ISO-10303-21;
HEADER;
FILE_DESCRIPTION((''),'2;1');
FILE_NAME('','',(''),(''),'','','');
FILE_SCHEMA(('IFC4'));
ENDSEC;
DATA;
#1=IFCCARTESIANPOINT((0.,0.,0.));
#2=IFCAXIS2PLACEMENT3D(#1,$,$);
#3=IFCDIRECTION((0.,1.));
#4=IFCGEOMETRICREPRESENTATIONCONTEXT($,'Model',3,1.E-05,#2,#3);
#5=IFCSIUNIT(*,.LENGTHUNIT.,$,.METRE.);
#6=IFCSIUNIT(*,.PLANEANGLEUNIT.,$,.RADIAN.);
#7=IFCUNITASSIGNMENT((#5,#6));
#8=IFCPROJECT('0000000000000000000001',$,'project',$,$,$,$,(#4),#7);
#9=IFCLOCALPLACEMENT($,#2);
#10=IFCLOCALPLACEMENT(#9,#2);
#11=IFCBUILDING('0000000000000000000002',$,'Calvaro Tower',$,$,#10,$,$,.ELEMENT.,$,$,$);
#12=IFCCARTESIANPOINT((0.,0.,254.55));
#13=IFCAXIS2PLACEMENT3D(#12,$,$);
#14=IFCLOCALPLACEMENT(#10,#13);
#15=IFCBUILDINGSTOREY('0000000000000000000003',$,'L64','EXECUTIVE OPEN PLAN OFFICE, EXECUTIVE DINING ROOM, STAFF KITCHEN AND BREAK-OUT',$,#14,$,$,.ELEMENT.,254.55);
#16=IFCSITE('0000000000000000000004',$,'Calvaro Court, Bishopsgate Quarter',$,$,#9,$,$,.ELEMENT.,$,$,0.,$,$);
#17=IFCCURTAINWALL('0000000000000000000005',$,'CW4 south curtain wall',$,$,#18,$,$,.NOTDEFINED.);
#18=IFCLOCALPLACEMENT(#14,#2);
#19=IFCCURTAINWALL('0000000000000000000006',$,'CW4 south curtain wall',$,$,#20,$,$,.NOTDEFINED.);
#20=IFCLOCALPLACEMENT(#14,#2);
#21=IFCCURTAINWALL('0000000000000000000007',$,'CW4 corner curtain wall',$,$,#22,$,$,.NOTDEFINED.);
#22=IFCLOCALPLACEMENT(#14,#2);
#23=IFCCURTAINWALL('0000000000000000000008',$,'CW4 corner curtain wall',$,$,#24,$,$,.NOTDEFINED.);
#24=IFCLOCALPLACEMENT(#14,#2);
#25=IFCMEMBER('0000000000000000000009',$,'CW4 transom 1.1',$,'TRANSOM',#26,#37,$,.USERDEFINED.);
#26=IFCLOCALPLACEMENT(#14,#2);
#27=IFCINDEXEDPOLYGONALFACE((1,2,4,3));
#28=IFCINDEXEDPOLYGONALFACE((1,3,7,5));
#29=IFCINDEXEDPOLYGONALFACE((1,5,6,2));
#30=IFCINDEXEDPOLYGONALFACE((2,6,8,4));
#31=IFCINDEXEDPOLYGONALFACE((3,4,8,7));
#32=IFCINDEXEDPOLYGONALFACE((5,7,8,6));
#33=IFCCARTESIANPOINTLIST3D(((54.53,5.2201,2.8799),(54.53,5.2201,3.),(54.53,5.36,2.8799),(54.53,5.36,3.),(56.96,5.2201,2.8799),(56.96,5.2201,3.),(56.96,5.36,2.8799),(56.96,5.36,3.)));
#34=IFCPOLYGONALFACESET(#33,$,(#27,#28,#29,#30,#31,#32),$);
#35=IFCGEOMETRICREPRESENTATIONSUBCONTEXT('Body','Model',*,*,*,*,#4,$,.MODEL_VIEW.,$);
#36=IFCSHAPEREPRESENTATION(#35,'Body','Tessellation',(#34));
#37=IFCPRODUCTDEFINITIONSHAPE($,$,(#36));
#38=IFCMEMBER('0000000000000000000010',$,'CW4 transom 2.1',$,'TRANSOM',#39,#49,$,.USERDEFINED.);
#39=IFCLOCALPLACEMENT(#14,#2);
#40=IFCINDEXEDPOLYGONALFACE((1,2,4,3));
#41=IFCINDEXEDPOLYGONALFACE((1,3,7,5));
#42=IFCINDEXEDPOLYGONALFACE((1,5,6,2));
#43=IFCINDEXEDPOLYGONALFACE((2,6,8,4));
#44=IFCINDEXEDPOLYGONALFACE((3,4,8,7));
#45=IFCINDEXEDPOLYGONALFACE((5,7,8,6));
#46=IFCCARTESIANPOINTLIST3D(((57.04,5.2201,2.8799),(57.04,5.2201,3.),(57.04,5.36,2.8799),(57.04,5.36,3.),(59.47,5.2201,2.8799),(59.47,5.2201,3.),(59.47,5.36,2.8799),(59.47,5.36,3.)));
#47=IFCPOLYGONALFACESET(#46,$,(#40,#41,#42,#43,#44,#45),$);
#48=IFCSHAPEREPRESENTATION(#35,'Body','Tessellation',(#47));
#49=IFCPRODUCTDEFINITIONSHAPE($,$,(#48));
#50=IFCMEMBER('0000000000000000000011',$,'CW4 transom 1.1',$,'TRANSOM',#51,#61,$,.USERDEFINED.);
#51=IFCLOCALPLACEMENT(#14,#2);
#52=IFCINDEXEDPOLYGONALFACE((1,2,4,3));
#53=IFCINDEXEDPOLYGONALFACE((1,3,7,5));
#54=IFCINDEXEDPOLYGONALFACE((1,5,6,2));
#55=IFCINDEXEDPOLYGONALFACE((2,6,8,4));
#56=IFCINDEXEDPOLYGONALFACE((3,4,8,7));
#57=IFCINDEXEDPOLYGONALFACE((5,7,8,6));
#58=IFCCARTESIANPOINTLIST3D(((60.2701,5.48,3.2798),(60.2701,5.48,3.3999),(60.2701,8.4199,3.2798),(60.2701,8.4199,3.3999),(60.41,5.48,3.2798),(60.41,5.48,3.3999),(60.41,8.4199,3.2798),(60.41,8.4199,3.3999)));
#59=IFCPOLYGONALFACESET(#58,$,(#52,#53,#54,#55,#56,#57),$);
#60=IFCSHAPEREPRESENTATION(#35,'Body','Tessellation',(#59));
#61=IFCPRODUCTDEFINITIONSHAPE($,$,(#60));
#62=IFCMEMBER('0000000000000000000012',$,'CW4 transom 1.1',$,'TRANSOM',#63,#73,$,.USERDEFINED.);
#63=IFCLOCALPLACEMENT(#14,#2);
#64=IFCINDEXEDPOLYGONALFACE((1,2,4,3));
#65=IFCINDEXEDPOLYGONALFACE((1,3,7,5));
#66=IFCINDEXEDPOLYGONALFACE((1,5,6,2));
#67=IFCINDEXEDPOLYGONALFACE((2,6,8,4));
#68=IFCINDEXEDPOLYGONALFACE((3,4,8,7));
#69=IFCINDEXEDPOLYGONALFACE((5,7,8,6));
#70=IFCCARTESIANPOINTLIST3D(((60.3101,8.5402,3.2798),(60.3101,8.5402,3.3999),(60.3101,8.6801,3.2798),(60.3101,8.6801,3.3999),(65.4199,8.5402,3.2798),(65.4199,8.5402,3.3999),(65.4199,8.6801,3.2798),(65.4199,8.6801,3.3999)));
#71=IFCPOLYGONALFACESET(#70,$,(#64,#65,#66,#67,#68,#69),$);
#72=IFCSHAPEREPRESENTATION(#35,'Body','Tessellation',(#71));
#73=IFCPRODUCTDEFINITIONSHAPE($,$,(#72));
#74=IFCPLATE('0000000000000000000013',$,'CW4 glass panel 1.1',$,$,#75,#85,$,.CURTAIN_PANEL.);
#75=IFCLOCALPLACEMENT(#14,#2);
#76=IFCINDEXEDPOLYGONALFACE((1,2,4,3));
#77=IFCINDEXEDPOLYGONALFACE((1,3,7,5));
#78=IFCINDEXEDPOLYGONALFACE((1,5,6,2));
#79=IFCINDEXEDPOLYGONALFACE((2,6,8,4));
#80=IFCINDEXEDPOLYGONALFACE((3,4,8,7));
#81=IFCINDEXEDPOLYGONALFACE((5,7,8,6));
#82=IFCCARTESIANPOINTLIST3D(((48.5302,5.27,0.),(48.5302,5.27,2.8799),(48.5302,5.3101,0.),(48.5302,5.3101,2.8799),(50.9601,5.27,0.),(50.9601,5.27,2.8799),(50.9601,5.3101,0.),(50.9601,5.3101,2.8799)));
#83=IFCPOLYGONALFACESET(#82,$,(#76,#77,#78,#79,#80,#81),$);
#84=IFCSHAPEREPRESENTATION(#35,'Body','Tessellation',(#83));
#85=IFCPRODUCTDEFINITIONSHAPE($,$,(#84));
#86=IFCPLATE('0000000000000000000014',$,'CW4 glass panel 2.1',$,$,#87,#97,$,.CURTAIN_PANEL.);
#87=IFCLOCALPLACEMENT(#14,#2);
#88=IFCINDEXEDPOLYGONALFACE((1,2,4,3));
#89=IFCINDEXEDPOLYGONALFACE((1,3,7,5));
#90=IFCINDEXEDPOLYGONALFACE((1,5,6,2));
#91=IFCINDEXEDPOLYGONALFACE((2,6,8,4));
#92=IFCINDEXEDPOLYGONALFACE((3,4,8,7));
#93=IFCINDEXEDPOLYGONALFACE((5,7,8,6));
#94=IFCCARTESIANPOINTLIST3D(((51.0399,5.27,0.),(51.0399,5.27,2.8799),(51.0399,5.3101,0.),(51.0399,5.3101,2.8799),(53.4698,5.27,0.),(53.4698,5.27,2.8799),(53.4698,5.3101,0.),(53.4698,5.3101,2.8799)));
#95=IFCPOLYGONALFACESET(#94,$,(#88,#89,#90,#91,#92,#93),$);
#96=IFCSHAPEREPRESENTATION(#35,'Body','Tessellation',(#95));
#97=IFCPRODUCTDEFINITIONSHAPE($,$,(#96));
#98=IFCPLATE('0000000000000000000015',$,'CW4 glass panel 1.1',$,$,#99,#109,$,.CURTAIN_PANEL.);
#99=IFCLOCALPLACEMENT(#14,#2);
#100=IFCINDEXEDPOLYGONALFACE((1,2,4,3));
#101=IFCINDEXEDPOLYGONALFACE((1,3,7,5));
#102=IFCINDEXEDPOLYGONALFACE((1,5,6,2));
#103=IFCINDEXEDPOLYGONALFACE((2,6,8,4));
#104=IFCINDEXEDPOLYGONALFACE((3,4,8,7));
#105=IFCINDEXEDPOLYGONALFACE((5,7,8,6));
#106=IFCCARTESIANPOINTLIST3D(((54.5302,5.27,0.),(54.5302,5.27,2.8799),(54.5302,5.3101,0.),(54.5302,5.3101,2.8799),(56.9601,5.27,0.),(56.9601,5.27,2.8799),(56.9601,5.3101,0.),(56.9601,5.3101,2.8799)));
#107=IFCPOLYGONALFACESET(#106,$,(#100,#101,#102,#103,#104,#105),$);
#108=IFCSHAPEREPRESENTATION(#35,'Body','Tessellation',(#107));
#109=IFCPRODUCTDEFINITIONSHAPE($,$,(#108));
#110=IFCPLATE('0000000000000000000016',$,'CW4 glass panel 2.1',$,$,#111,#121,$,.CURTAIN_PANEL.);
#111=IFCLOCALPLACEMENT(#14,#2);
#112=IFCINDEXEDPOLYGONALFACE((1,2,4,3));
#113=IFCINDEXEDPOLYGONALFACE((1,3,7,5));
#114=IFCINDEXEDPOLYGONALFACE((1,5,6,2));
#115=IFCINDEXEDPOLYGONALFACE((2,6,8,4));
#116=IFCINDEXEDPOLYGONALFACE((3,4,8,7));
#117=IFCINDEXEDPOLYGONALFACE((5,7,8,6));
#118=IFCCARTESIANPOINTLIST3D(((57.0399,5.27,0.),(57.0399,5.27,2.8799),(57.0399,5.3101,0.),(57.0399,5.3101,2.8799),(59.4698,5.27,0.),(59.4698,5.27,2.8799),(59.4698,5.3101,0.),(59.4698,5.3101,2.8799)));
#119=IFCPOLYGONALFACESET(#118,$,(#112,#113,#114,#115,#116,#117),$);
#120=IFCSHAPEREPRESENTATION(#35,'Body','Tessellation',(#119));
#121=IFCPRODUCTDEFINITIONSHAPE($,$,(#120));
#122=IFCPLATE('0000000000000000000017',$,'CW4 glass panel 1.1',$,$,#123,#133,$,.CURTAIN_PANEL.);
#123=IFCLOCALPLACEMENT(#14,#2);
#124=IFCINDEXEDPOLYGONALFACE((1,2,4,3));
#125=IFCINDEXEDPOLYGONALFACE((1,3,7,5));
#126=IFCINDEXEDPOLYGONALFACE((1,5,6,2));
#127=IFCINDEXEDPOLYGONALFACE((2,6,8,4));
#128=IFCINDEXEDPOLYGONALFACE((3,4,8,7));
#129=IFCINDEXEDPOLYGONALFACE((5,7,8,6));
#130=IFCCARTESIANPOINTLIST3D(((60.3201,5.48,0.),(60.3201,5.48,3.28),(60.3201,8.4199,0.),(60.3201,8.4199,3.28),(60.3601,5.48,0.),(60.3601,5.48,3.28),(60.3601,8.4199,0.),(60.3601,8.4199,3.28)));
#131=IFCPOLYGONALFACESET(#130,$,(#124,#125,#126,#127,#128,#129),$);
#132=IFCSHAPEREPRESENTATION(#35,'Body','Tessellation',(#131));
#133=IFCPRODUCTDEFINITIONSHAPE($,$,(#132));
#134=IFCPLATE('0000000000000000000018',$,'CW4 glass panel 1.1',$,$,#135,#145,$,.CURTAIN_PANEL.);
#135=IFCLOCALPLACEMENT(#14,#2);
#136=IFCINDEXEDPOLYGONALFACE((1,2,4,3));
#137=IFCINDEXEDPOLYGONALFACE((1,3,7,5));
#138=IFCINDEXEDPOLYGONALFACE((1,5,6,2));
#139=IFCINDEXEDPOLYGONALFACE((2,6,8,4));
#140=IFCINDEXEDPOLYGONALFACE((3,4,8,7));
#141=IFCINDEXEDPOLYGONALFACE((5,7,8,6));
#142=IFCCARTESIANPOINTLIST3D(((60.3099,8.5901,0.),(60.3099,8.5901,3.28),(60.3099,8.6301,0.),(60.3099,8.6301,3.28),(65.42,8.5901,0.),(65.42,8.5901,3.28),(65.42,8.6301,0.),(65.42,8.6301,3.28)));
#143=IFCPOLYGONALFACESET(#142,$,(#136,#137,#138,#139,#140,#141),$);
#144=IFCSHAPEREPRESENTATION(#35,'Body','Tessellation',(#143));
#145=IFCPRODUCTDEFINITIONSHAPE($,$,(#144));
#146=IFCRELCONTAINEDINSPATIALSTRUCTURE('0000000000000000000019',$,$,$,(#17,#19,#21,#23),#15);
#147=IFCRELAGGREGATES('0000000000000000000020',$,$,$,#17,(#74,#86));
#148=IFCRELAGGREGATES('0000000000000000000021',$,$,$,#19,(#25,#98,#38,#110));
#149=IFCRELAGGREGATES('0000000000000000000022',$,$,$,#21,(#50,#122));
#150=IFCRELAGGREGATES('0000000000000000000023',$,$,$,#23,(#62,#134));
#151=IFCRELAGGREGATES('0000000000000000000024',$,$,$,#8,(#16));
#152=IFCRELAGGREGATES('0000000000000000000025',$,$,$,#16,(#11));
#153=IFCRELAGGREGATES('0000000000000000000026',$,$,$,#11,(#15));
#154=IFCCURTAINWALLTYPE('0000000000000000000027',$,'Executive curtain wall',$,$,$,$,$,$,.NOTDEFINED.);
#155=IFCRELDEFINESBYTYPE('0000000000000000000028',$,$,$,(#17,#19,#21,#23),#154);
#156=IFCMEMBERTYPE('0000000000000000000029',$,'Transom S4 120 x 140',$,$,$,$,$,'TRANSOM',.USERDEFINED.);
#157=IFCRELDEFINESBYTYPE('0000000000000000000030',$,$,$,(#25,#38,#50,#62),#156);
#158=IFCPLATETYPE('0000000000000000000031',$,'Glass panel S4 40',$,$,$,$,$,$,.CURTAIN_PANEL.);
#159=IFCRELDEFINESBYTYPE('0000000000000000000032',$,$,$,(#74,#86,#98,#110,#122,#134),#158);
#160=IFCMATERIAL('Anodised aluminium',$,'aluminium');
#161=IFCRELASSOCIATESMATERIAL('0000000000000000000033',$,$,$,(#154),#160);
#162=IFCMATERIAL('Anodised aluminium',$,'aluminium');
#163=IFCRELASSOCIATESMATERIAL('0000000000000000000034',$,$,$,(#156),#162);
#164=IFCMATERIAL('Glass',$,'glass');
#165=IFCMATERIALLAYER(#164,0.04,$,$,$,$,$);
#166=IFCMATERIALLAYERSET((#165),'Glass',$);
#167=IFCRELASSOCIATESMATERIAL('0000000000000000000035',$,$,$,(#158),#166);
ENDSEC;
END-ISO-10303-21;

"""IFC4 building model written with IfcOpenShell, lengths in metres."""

from ifc_helpers import new_model, si_unit, direction, frame, origin, origin_2d, place, context, subcontext, project, spatial, rectangle, extrude, material, layer, layer_set, material_profile, profile_set, type_object, element, aggregate, save


model = new_model("IFC4")

# Units and contexts
model_context = context("Model", 3, precision=1e-05, world=origin(), true_north=direction((0.0, 1.0)))
body_context = subcontext(model_context, "Body", "Model", "MODEL_VIEW")
ifc_project = project(units=[si_unit("LENGTHUNIT", "METRE"), si_unit("PLANEANGLEUNIT", "RADIAN")], contexts=[model_context])

# Site, building, storey
site_placement = place(None, origin())
site = spatial("IfcSite", under=ifc_project, at=site_placement, Name="Calvaro Court, Bishopsgate Quarter", CompositionType="ELEMENT", RefElevation=0.0)
building_placement = place(site_placement, origin())
building = spatial("IfcBuilding", under=site, at=building_placement, Name="Calvaro Tower", CompositionType="ELEMENT")
storey_placement = place(building_placement, frame((0.0, 0.0, 254.55)))
storey = spatial("IfcBuildingStorey", under=building, at=storey_placement, Name="L64", Description="EXECUTIVE OPEN PLAN OFFICE, EXECUTIVE DINING ROOM, STAFF KITCHEN AND BREAK-OUT", CompositionType="ELEMENT", Elevation=254.55)

# Curtain walls
ifc_material_1 = material(Name="Anodised aluminium", Category="aluminium")
curtain_wall_type = type_object("IfcCurtainWallType", Name="Executive curtain wall", PredefinedType="NOTDEFINED", material=ifc_material_1)
curtain_wall_1_placement = place(storey_placement, origin())
curtain_wall_1 = element("IfcCurtainWall", 1, at=curtain_wall_1_placement, inside=storey, type_object=curtain_wall_type, Name="CW4 south curtain wall", PredefinedType="NOTDEFINED")
curtain_wall_2_placement = place(storey_placement, origin())
curtain_wall_2 = element("IfcCurtainWall", 2, at=curtain_wall_2_placement, inside=storey, type_object=curtain_wall_type, Name="CW4 south curtain wall", PredefinedType="NOTDEFINED")
curtain_wall_3_placement = place(storey_placement, origin())
curtain_wall_3 = element("IfcCurtainWall", 3, at=curtain_wall_3_placement, inside=storey, type_object=curtain_wall_type, Name="CW4 corner curtain wall", PredefinedType="NOTDEFINED")

# Curtain wall
curtain_wall_4_placement = place(storey_placement, origin())
curtain_wall_4 = element("IfcCurtainWall", 4, at=curtain_wall_4_placement, inside=storey, type_object=curtain_wall_type, Name="CW4 corner curtain wall", PredefinedType="NOTDEFINED")

# Members
ifc_material_2 = material(Name="Anodised aluminium", Category="aluminium")
ifc_material_profile_1 = material_profile(ifc_material_2, rectangle(XDim=0.1399, YDim=0.1201, at=origin_2d()), Name="Transom S4 120 x 140")
ifc_profile_set_1 = profile_set([ifc_material_profile_1], Name="Anodised aluminium")
member_type_1 = type_object("IfcMemberType", Name="Transom S4 120 x 140", ElementType="TRANSOM", PredefinedType="USERDEFINED", material=ifc_profile_set_1)
member_1_placement = place(storey_placement, frame((54.53, 5.29, 2.9399), z_axis=(1.0, 0.0, 0.0), x_axis=(0.0, 1.0, 0.0)))
member_1 = element("IfcMember", 5, at=member_1_placement, type_object=member_type_1, Name="CW4 transom 1.1", ObjectType="TRANSOM", PredefinedType="USERDEFINED", context=body_context, shape_type="SweptSolid", body=[
    extrude(rectangle(XDim=0.1399, YDim=0.1201, at=origin_2d()), origin(), (0.0, 0.0, 1.0), 2.4299),
])
member_2_placement = place(storey_placement, frame((57.04, 5.29, 2.9399), z_axis=(1.0, 0.0, 0.0), x_axis=(0.0, 1.0, 0.0)))
member_2 = element("IfcMember", 6, at=member_2_placement, type_object=member_type_1, Name="CW4 transom 2.1", ObjectType="TRANSOM", PredefinedType="USERDEFINED", context=body_context, shape_type="SweptSolid", body=[
    extrude(rectangle(XDim=0.1399, YDim=0.1201, at=origin_2d()), origin(), (0.0, 0.0, 1.0), 2.4299),
])
member_3_placement = place(storey_placement, frame((60.3401, 5.48, 3.3398), z_axis=(0.0, 1.0, 0.0), x_axis=(-1.0, 0.0, 0.0)))
member_3 = element("IfcMember", 7, at=member_3_placement, type_object=member_type_1, Name="CW4 transom 1.1", ObjectType="TRANSOM", PredefinedType="USERDEFINED", context=body_context, shape_type="SweptSolid", body=[
    extrude(rectangle(XDim=0.1399, YDim=0.1201, at=origin_2d()), origin(), (0.0, 0.0, 1.0), 2.9399),
])
member_4_placement = place(storey_placement, frame((60.3101, 8.6101, 3.3398), z_axis=(1.0, 0.0, 0.0), x_axis=(0.0, 1.0, 0.0)))
member_4 = element("IfcMember", 8, at=member_4_placement, type_object=member_type_1, Name="CW4 transom 1.1", ObjectType="TRANSOM", PredefinedType="USERDEFINED", context=body_context, shape_type="SweptSolid", body=[
    extrude(rectangle(XDim=0.1399, YDim=0.1201, at=origin_2d()), origin(), (0.0, 0.0, 1.0), 5.1099),
])

# Plates
ifc_material_3 = material(Name="Glass", Category="glass")
ifc_layer_1 = layer(ifc_material_3, 0.04)
ifc_layer_set_1 = layer_set([ifc_layer_1], Name="Glass")
plate_type = type_object("IfcPlateType", Name="Glass panel S4 40", PredefinedType="CURTAIN_PANEL", material=ifc_layer_set_1)
plate_1_placement = place(storey_placement, frame((49.7451, 5.29, 0.0), z_axis=(0.0, 0.0, 1.0), x_axis=(1.0, 0.0, 0.0)))
plate_1 = element("IfcPlate", 9, at=plate_1_placement, type_object=plate_type, Name="CW4 glass panel 1.1", PredefinedType="CURTAIN_PANEL", context=body_context, shape_type="SweptSolid", body=[
    extrude(rectangle(XDim=2.4299, YDim=0.04, at=origin_2d()), origin(), (0.0, 0.0, 1.0), 2.8799),
])
plate_2_placement = place(storey_placement, frame((52.2549, 5.29, 0.0), z_axis=(0.0, 0.0, 1.0), x_axis=(1.0, 0.0, 0.0)))
plate_2 = element("IfcPlate", 10, at=plate_2_placement, type_object=plate_type, Name="CW4 glass panel 2.1", PredefinedType="CURTAIN_PANEL", context=body_context, shape_type="SweptSolid", body=[
    extrude(rectangle(XDim=2.4299, YDim=0.04, at=origin_2d()), origin(), (0.0, 0.0, 1.0), 2.8799),
])
aggregate(curtain_wall_1, [plate_1, plate_2])
plate_3_placement = place(storey_placement, frame((55.7451, 5.29, 0.0), z_axis=(0.0, 0.0, 1.0), x_axis=(1.0, 0.0, 0.0)))
plate_3 = element("IfcPlate", 11, at=plate_3_placement, type_object=plate_type, Name="CW4 glass panel 1.1", PredefinedType="CURTAIN_PANEL", context=body_context, shape_type="SweptSolid", body=[
    extrude(rectangle(XDim=2.4299, YDim=0.04, at=origin_2d()), origin(), (0.0, 0.0, 1.0), 2.8799),
])
plate_4_placement = place(storey_placement, frame((58.2549, 5.29, 0.0), z_axis=(0.0, 0.0, 1.0), x_axis=(1.0, 0.0, 0.0)))
plate_4 = element("IfcPlate", 12, at=plate_4_placement, type_object=plate_type, Name="CW4 glass panel 2.1", PredefinedType="CURTAIN_PANEL", context=body_context, shape_type="SweptSolid", body=[
    extrude(rectangle(XDim=2.4299, YDim=0.04, at=origin_2d()), origin(), (0.0, 0.0, 1.0), 2.8799),
])
aggregate(curtain_wall_2, [member_1, plate_3, member_2, plate_4])
plate_5_placement = place(storey_placement, frame((60.3401, 6.95, 0.0), z_axis=(0.0, 0.0, 1.0), x_axis=(0.0, 1.0, 0.0)))
plate_5 = element("IfcPlate", 13, at=plate_5_placement, type_object=plate_type, Name="CW4 glass panel 1.1", PredefinedType="CURTAIN_PANEL", context=body_context, shape_type="SweptSolid", body=[
    extrude(rectangle(XDim=2.9399, YDim=0.04, at=origin_2d()), origin(), (0.0, 0.0, 1.0), 3.28),
])
aggregate(curtain_wall_3, [member_3, plate_5])
plate_6_placement = place(storey_placement, frame((62.865, 8.6101, 0.0), z_axis=(0.0, 0.0, 1.0), x_axis=(1.0, 0.0, 0.0)))
plate_6 = element("IfcPlate", 14, at=plate_6_placement, type_object=plate_type, Name="CW4 glass panel 1.1", PredefinedType="CURTAIN_PANEL", context=body_context, shape_type="SweptSolid", body=[
    extrude(rectangle(XDim=5.1101, YDim=0.04, at=origin_2d()), origin(), (0.0, 0.0, 1.0), 3.28),
])
aggregate(curtain_wall_4, [member_4, plate_6])

save(model, "model.ifc")
